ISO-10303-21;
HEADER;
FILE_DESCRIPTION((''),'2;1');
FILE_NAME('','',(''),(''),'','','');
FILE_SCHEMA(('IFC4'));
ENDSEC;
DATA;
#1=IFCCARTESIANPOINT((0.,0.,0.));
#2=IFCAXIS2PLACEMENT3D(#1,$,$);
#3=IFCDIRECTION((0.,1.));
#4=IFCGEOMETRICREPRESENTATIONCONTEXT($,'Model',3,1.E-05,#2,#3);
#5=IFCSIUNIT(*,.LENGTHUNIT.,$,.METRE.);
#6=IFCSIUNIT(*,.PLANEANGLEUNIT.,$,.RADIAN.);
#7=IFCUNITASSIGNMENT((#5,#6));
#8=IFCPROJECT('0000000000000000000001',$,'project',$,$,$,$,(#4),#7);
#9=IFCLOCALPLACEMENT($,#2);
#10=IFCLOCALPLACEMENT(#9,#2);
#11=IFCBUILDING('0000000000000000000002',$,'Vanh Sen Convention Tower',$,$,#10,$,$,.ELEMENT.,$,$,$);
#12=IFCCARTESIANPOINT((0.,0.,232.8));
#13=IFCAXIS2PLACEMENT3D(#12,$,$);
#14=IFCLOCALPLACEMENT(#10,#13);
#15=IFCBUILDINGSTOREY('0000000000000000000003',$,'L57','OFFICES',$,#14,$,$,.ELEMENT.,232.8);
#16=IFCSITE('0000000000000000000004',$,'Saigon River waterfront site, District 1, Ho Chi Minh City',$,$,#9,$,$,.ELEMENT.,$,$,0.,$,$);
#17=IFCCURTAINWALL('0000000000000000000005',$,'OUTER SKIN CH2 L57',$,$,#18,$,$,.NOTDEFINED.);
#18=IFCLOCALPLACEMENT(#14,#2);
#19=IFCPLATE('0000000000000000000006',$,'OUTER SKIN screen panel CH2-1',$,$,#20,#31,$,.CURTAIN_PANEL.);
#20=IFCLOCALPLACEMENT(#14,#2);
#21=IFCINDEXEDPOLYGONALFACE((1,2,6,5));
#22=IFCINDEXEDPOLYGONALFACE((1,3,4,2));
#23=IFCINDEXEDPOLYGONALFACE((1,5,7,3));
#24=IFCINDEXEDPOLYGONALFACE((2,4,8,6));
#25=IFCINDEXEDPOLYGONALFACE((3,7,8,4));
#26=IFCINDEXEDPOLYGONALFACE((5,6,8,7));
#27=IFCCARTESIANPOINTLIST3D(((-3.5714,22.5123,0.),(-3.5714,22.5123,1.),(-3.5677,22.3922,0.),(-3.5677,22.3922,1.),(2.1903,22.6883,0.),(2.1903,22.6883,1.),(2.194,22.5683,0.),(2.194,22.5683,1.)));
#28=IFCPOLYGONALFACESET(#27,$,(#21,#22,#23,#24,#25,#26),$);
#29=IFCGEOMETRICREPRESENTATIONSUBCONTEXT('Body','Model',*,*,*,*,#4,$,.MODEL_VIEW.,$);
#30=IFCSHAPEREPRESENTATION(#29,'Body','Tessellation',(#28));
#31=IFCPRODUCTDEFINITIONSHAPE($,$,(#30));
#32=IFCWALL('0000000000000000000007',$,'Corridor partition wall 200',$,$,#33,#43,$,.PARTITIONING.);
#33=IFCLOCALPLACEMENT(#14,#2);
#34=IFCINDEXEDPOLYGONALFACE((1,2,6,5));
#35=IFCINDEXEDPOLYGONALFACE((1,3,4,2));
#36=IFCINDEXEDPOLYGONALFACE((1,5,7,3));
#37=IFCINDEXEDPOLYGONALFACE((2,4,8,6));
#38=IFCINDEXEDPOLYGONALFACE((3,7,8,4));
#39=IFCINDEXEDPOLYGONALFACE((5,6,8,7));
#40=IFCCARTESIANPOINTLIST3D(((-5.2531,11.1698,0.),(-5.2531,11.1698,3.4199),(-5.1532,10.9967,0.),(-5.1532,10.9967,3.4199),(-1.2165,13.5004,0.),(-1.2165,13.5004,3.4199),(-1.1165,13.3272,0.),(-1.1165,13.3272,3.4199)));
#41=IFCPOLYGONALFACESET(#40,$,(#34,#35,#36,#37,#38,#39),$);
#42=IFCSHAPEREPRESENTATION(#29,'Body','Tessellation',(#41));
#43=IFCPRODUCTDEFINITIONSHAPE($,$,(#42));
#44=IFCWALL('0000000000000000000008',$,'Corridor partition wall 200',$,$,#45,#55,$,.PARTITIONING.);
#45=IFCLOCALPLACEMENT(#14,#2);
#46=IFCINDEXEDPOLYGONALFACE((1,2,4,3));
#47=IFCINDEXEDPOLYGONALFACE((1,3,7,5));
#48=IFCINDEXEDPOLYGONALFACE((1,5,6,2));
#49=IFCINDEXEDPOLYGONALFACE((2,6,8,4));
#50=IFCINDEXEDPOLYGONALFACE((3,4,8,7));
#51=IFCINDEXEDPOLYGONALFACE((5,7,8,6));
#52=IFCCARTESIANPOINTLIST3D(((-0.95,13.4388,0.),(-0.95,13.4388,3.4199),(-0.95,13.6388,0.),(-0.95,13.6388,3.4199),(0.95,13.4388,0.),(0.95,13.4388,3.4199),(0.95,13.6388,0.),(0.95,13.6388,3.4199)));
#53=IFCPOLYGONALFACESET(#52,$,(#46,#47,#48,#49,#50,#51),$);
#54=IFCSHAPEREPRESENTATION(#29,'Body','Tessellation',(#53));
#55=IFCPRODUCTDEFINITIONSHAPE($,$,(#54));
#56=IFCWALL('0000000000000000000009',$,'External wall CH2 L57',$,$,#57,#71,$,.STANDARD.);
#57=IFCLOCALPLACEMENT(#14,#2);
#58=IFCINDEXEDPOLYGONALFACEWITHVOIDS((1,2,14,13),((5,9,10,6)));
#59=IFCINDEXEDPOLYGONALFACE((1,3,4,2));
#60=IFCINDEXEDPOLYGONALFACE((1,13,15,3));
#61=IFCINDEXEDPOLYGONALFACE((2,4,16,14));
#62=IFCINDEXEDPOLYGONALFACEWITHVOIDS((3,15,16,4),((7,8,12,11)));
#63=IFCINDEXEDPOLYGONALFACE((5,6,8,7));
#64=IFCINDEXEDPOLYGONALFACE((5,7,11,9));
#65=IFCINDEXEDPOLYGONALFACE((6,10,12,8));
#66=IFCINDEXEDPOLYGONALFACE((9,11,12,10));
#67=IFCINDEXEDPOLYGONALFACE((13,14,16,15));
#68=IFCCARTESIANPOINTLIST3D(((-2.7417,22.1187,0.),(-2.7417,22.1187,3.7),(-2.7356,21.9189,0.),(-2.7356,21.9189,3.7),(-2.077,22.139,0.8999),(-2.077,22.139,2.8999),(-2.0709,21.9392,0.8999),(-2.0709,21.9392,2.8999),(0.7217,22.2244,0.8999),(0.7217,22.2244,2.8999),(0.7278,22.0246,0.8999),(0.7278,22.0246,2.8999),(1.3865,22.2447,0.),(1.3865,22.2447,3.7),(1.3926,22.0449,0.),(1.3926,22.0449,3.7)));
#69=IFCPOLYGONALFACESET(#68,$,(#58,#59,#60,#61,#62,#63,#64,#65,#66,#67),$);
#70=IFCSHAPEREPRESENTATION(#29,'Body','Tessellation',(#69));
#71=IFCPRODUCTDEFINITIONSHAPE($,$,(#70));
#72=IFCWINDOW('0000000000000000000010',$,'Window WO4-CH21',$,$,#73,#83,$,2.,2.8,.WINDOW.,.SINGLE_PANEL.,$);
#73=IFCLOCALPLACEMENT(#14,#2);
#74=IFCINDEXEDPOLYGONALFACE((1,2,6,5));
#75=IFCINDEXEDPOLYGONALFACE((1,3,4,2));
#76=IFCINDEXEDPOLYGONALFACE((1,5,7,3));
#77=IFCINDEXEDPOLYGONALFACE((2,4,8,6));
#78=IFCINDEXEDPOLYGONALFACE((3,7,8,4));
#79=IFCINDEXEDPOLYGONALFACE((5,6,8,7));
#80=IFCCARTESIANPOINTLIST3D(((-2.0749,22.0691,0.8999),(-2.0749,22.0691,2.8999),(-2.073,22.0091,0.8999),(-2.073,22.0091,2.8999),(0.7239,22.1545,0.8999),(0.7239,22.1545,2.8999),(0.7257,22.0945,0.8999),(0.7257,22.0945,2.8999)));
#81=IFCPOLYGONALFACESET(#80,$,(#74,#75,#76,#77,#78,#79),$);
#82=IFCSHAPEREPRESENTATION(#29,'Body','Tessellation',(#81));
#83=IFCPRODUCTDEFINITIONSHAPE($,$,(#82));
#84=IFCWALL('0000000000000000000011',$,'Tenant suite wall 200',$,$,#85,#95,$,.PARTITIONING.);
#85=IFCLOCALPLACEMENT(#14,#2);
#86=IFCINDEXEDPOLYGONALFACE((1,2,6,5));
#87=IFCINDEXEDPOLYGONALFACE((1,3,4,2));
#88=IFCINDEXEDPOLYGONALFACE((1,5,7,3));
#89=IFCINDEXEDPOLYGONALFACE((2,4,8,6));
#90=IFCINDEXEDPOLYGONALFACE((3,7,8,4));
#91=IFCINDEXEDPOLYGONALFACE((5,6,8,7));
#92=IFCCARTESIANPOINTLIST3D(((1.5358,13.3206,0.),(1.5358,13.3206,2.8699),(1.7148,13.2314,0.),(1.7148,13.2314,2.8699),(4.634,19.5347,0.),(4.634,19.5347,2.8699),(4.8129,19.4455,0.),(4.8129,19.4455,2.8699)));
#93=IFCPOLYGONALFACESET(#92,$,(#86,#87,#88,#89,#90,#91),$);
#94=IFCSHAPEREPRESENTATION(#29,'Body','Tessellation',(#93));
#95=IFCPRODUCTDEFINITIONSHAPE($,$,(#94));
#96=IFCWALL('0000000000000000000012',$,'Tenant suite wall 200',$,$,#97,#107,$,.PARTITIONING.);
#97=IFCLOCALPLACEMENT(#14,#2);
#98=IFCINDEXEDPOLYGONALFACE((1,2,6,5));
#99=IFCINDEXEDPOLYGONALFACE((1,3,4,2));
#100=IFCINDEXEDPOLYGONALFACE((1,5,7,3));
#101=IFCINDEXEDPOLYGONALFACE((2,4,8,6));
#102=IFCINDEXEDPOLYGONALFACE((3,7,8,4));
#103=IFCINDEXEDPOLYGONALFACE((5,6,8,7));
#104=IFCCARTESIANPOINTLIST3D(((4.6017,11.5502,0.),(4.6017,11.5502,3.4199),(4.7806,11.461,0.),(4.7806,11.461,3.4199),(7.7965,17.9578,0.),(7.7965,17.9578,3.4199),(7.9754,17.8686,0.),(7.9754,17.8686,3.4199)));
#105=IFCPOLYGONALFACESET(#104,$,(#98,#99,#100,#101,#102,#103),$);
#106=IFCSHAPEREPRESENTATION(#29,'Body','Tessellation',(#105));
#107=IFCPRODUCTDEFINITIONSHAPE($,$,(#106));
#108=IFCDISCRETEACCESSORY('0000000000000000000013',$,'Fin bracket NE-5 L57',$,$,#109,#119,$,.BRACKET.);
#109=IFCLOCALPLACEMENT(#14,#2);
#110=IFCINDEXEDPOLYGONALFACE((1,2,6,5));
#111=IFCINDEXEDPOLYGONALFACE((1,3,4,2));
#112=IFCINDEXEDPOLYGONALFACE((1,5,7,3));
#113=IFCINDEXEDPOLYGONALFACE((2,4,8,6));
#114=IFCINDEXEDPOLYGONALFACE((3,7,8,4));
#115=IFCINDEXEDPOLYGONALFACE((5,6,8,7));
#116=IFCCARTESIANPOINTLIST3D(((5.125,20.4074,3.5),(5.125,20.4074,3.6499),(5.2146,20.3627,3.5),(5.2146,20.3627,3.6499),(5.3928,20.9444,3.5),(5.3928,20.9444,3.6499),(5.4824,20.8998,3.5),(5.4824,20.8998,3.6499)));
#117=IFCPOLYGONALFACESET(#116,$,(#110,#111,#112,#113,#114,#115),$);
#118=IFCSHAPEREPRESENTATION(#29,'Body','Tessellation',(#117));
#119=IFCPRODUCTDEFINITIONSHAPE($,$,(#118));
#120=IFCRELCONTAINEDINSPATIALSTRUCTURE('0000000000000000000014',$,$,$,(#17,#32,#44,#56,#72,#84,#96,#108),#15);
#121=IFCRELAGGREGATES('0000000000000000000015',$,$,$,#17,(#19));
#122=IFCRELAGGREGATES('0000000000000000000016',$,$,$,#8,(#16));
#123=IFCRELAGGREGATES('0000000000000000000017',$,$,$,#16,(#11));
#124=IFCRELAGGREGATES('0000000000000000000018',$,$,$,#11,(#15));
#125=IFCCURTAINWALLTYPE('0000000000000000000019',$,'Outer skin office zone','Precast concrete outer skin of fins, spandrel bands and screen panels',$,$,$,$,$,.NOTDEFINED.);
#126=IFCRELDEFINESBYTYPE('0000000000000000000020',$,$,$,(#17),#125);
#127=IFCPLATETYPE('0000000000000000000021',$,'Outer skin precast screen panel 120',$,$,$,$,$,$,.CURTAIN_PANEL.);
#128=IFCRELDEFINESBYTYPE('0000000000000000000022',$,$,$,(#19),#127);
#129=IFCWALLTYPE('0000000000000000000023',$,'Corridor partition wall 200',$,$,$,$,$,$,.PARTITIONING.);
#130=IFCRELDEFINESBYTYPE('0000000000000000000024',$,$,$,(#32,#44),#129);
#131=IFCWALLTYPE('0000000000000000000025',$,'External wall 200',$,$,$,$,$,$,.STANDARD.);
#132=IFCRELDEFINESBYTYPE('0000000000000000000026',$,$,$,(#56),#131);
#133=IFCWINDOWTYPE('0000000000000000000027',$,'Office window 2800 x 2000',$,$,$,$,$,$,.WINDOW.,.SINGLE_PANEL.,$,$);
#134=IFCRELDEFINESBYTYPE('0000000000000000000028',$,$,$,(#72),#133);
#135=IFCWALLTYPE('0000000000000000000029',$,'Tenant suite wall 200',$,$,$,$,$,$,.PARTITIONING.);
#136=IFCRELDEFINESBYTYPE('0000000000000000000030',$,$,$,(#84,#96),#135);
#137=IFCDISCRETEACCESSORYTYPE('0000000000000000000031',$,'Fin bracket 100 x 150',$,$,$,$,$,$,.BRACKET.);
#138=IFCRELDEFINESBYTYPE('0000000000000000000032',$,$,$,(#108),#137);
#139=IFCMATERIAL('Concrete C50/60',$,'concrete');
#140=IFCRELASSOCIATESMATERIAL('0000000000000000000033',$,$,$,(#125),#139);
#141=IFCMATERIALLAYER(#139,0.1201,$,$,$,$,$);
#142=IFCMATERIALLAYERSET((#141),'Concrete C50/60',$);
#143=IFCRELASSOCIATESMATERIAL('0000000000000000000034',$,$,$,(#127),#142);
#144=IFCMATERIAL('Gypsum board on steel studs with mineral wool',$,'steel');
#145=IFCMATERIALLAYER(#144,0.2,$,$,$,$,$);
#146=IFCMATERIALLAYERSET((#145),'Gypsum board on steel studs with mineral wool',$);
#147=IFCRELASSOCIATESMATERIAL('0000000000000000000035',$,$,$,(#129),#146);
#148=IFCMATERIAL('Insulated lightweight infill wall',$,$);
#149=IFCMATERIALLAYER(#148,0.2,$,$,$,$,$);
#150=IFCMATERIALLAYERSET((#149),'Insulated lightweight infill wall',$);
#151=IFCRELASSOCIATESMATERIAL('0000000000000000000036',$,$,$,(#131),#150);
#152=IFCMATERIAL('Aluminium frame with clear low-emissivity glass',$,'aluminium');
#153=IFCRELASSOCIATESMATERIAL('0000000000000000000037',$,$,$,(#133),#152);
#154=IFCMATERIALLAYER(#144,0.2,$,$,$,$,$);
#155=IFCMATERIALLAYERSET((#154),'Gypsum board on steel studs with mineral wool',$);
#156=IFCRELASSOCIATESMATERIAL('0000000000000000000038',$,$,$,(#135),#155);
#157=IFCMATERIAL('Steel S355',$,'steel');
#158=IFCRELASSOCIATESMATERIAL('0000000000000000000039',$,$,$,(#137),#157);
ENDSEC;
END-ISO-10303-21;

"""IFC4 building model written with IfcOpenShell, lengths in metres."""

from ifc_helpers import new_model, si_unit, direction, frame, frame_2d, origin, origin_2d, place, context, subcontext, project, spatial, rectangle, extrude, material, layer, layer_set, type_object, element, fill, aggregate, save


model = new_model("IFC4")

# Units and contexts
model_context = context("Model", 3, precision=1e-05, world=origin(), true_north=direction((0.0, 1.0)))
body_context = subcontext(model_context, "Body", "Model", "MODEL_VIEW")
ifc_project = project(units=[si_unit("LENGTHUNIT", "METRE"), si_unit("PLANEANGLEUNIT", "RADIAN")], contexts=[model_context])

# Site, building, storey
site_placement = place(None, origin())
site = spatial("IfcSite", under=ifc_project, at=site_placement, Name="Saigon River waterfront site, District 1, Ho Chi Minh City", CompositionType="ELEMENT", RefElevation=0.0)
building_placement = place(site_placement, origin())
building = spatial("IfcBuilding", under=site, at=building_placement, Name="Vanh Sen Convention Tower", CompositionType="ELEMENT")
storey_placement = place(building_placement, frame((0.0, 0.0, 232.8)))
storey = spatial("IfcBuildingStorey", under=building, at=storey_placement, Name="L57", Description="OFFICES", CompositionType="ELEMENT", Elevation=232.8)

# Shared definitions
ifc_material_1 = material(Name="Concrete C50/60", Category="concrete")
curtain_wall_type = type_object("IfcCurtainWallType", Name="Outer skin office zone", Description="Precast concrete outer skin of fins, spandrel bands and screen panels", PredefinedType="NOTDEFINED", material=ifc_material_1)

# Curtain wall
curtain_wall_1_placement = place(storey_placement, origin())
curtain_wall_1 = element("IfcCurtainWall", 1, at=curtain_wall_1_placement, inside=storey, type_object=curtain_wall_type, Name="OUTER SKIN CH2 L57", PredefinedType="NOTDEFINED")

# Plate
ifc_layer_1 = layer(ifc_material_1, 0.1201)
ifc_layer_set_1 = layer_set([ifc_layer_1], Name="Concrete C50/60")
plate_type = type_object("IfcPlateType", Name="Outer skin precast screen panel 120", PredefinedType="CURTAIN_PANEL", material=ifc_layer_set_1)
plate_1_placement = place(storey_placement, frame((-0.6887, 22.5403, 0.0), z_axis=(0.0, 0.0, 1.0), x_axis=(-0.999533, -0.030544, 0.0)))
plate_1 = element("IfcPlate", 2, at=plate_1_placement, type_object=plate_type, Name="OUTER SKIN screen panel CH2-1", PredefinedType="CURTAIN_PANEL", context=body_context, shape_type="SweptSolid", body=[
    extrude(rectangle(XDim=5.7644, YDim=0.1201, at=origin_2d()), origin(), (0.0, 0.0, 1.0), 1.0),
])
aggregate(curtain_wall_1, [plate_1])

# Walls
ifc_material_2 = material(Name="Gypsum board on steel studs with mineral wool", Category="steel")
ifc_layer_2 = layer(ifc_material_2, 0.2)
ifc_layer_set_2 = layer_set([ifc_layer_2], Name="Gypsum board on steel studs with mineral wool")
wall_type_1 = type_object("IfcWallType", Name="Corridor partition wall 200", PredefinedType="PARTITIONING", material=ifc_layer_set_2)
wall_1_placement = place(storey_placement, frame((-1.1665, 13.4138, 0.0), z_axis=(0.0, 0.0, 1.0), x_axis=(-0.866023, -0.500004, 0.0)))
element("IfcWall", 3, at=wall_1_placement, inside=storey, type_object=wall_type_1, Name="Corridor partition wall 200", PredefinedType="PARTITIONING", context=body_context, shape_type="SweptSolid", body=[
    extrude(rectangle(XDim=4.6611, YDim=0.2, at=frame_2d((2.3306, 0.0))), origin(), (0.0, 0.0, 1.0), 3.4199),
])
wall_2_placement = place(storey_placement, frame((0.95, 13.5388, 0.0), z_axis=(0.0, 0.0, 1.0), x_axis=(-1.0, 0.0, 0.0)))
element("IfcWall", 4, at=wall_2_placement, inside=storey, type_object=wall_type_1, Name="Corridor partition wall 200", PredefinedType="PARTITIONING", context=body_context, shape_type="SweptSolid", body=[
    extrude(rectangle(XDim=1.8999, YDim=0.2, at=frame_2d((0.95, 0.0))), origin(), (0.0, 0.0, 1.0), 3.4199),
])

# Wall, opening, window
ifc_material_3 = material(Name="Insulated lightweight infill wall")
ifc_layer_3 = layer(ifc_material_3, 0.2)
ifc_layer_set_3 = layer_set([ifc_layer_3], Name="Insulated lightweight infill wall")
wall_type_2 = type_object("IfcWallType", Name="External wall 200", PredefinedType="STANDARD", material=ifc_layer_set_3)
wall_3_placement = place(storey_placement, frame((1.3894, 22.1448, 0.0), z_axis=(0.0, 0.0, 1.0), x_axis=(-0.999535, -0.030502, 0.0)))
wall_3 = element("IfcWall", 5, at=wall_3_placement, inside=storey, type_object=wall_type_2, Name="External wall CH2 L57", PredefinedType="STANDARD", context=body_context, shape_type="SweptSolid", body=[
    extrude(rectangle(XDim=4.1301, YDim=0.2, at=frame_2d((2.0649, 0.0))), origin(), (0.0, 0.0, 1.0), 3.7),
])
opening_placement = place(wall_3_placement, frame((0.665, 0.0, 0.8999)))
opening = element("IfcOpeningElement", 6, at=opening_placement, cuts=wall_3, PredefinedType="OPENING", context=body_context, shape_type="SweptSolid", body=[
    extrude(rectangle(XDim=2.8, YDim=2.0, at=frame_2d((1.3999, 1.0))), frame((0.0, 0.1099, 0.0), z_axis=(0.0, -1.0, 0.0), x_axis=(1.0, 0.0, 0.0)), (0.0, 0.0, 1.0), 0.22),
])
ifc_material_4 = material(Name="Aluminium frame with clear low-emissivity glass", Category="aluminium")
window_type = type_object("IfcWindowType", Name="Office window 2800 x 2000", PartitioningType="SINGLE_PANEL", PredefinedType="WINDOW", material=ifc_material_4)
window_placement = place(opening_placement, origin())
window = element("IfcWindow", 7, at=window_placement, inside=storey, type_object=window_type, Name="Window WO4-CH21", OverallHeight=2.0, OverallWidth=2.8, PartitioningType="SINGLE_PANEL", PredefinedType="WINDOW", context=body_context, shape_type="SweptSolid", body=[
    extrude(rectangle(XDim=2.8, YDim=2.0, at=frame_2d((1.3999, 1.0))), frame((0.0, 0.03, 0.0), z_axis=(0.0, -1.0, 0.0), x_axis=(1.0, 0.0, 0.0)), (0.0, 0.0, 1.0), 0.0601),
])
fill(opening, window)

# Walls
ifc_layer_4 = layer(ifc_material_2, 0.2)
ifc_layer_set_4 = layer_set([ifc_layer_4], Name="Gypsum board on steel studs with mineral wool")
wall_type_3 = type_object("IfcWallType", Name="Tenant suite wall 200", PredefinedType="PARTITIONING", material=ifc_layer_set_4)
wall_4_placement = place(storey_placement, frame((4.7234, 19.49, 0.0), z_axis=(0.0, 0.0, 1.0), x_axis=(-0.446187, -0.89494, 0.0)))
element("IfcWall", 8, at=wall_4_placement, inside=storey, type_object=wall_type_3, Name="Tenant suite wall 200", PredefinedType="PARTITIONING", context=body_context, shape_type="SweptSolid", body=[
    extrude(rectangle(XDim=6.9436, YDim=0.2, at=frame_2d((3.4717, 0.0))), origin(), (0.0, 0.0, 1.0), 2.8699),
])
wall_5_placement = place(storey_placement, frame((7.886, 17.9133, 0.0), z_axis=(0.0, 0.0, 1.0), x_axis=(-0.446204, -0.894931, 0.0)))
element("IfcWall", 9, at=wall_5_placement, inside=storey, type_object=wall_type_3, Name="Tenant suite wall 200", PredefinedType="PARTITIONING", context=body_context, shape_type="SweptSolid", body=[
    extrude(rectangle(XDim=7.1599, YDim=0.2, at=frame_2d((3.5801, 0.0))), origin(), (0.0, 0.0, 1.0), 3.4199),
])

# Discrete accessory
ifc_material_5 = material(Name="Steel S355", Category="steel")
discrete_accessory_type = type_object("IfcDiscreteAccessoryType", Name="Fin bracket 100 x 150", PredefinedType="BRACKET", material=ifc_material_5)
discrete_accessory_placement = place(storey_placement, frame((5.3037, 20.6536, 3.5), z_axis=(0.0, 0.0, 1.0), x_axis=(0.446198, 0.894934, 0.0)))
element("IfcDiscreteAccessory", 10, at=discrete_accessory_placement, inside=storey, type_object=discrete_accessory_type, Name="Fin bracket NE-5 L57", PredefinedType="BRACKET", context=body_context, shape_type="SweptSolid", body=[
    extrude(rectangle(XDim=0.6001, YDim=0.1001, at=origin_2d()), origin(), (0.0, 0.0, 1.0), 0.1499),
])

save(model, "model.ifc")
